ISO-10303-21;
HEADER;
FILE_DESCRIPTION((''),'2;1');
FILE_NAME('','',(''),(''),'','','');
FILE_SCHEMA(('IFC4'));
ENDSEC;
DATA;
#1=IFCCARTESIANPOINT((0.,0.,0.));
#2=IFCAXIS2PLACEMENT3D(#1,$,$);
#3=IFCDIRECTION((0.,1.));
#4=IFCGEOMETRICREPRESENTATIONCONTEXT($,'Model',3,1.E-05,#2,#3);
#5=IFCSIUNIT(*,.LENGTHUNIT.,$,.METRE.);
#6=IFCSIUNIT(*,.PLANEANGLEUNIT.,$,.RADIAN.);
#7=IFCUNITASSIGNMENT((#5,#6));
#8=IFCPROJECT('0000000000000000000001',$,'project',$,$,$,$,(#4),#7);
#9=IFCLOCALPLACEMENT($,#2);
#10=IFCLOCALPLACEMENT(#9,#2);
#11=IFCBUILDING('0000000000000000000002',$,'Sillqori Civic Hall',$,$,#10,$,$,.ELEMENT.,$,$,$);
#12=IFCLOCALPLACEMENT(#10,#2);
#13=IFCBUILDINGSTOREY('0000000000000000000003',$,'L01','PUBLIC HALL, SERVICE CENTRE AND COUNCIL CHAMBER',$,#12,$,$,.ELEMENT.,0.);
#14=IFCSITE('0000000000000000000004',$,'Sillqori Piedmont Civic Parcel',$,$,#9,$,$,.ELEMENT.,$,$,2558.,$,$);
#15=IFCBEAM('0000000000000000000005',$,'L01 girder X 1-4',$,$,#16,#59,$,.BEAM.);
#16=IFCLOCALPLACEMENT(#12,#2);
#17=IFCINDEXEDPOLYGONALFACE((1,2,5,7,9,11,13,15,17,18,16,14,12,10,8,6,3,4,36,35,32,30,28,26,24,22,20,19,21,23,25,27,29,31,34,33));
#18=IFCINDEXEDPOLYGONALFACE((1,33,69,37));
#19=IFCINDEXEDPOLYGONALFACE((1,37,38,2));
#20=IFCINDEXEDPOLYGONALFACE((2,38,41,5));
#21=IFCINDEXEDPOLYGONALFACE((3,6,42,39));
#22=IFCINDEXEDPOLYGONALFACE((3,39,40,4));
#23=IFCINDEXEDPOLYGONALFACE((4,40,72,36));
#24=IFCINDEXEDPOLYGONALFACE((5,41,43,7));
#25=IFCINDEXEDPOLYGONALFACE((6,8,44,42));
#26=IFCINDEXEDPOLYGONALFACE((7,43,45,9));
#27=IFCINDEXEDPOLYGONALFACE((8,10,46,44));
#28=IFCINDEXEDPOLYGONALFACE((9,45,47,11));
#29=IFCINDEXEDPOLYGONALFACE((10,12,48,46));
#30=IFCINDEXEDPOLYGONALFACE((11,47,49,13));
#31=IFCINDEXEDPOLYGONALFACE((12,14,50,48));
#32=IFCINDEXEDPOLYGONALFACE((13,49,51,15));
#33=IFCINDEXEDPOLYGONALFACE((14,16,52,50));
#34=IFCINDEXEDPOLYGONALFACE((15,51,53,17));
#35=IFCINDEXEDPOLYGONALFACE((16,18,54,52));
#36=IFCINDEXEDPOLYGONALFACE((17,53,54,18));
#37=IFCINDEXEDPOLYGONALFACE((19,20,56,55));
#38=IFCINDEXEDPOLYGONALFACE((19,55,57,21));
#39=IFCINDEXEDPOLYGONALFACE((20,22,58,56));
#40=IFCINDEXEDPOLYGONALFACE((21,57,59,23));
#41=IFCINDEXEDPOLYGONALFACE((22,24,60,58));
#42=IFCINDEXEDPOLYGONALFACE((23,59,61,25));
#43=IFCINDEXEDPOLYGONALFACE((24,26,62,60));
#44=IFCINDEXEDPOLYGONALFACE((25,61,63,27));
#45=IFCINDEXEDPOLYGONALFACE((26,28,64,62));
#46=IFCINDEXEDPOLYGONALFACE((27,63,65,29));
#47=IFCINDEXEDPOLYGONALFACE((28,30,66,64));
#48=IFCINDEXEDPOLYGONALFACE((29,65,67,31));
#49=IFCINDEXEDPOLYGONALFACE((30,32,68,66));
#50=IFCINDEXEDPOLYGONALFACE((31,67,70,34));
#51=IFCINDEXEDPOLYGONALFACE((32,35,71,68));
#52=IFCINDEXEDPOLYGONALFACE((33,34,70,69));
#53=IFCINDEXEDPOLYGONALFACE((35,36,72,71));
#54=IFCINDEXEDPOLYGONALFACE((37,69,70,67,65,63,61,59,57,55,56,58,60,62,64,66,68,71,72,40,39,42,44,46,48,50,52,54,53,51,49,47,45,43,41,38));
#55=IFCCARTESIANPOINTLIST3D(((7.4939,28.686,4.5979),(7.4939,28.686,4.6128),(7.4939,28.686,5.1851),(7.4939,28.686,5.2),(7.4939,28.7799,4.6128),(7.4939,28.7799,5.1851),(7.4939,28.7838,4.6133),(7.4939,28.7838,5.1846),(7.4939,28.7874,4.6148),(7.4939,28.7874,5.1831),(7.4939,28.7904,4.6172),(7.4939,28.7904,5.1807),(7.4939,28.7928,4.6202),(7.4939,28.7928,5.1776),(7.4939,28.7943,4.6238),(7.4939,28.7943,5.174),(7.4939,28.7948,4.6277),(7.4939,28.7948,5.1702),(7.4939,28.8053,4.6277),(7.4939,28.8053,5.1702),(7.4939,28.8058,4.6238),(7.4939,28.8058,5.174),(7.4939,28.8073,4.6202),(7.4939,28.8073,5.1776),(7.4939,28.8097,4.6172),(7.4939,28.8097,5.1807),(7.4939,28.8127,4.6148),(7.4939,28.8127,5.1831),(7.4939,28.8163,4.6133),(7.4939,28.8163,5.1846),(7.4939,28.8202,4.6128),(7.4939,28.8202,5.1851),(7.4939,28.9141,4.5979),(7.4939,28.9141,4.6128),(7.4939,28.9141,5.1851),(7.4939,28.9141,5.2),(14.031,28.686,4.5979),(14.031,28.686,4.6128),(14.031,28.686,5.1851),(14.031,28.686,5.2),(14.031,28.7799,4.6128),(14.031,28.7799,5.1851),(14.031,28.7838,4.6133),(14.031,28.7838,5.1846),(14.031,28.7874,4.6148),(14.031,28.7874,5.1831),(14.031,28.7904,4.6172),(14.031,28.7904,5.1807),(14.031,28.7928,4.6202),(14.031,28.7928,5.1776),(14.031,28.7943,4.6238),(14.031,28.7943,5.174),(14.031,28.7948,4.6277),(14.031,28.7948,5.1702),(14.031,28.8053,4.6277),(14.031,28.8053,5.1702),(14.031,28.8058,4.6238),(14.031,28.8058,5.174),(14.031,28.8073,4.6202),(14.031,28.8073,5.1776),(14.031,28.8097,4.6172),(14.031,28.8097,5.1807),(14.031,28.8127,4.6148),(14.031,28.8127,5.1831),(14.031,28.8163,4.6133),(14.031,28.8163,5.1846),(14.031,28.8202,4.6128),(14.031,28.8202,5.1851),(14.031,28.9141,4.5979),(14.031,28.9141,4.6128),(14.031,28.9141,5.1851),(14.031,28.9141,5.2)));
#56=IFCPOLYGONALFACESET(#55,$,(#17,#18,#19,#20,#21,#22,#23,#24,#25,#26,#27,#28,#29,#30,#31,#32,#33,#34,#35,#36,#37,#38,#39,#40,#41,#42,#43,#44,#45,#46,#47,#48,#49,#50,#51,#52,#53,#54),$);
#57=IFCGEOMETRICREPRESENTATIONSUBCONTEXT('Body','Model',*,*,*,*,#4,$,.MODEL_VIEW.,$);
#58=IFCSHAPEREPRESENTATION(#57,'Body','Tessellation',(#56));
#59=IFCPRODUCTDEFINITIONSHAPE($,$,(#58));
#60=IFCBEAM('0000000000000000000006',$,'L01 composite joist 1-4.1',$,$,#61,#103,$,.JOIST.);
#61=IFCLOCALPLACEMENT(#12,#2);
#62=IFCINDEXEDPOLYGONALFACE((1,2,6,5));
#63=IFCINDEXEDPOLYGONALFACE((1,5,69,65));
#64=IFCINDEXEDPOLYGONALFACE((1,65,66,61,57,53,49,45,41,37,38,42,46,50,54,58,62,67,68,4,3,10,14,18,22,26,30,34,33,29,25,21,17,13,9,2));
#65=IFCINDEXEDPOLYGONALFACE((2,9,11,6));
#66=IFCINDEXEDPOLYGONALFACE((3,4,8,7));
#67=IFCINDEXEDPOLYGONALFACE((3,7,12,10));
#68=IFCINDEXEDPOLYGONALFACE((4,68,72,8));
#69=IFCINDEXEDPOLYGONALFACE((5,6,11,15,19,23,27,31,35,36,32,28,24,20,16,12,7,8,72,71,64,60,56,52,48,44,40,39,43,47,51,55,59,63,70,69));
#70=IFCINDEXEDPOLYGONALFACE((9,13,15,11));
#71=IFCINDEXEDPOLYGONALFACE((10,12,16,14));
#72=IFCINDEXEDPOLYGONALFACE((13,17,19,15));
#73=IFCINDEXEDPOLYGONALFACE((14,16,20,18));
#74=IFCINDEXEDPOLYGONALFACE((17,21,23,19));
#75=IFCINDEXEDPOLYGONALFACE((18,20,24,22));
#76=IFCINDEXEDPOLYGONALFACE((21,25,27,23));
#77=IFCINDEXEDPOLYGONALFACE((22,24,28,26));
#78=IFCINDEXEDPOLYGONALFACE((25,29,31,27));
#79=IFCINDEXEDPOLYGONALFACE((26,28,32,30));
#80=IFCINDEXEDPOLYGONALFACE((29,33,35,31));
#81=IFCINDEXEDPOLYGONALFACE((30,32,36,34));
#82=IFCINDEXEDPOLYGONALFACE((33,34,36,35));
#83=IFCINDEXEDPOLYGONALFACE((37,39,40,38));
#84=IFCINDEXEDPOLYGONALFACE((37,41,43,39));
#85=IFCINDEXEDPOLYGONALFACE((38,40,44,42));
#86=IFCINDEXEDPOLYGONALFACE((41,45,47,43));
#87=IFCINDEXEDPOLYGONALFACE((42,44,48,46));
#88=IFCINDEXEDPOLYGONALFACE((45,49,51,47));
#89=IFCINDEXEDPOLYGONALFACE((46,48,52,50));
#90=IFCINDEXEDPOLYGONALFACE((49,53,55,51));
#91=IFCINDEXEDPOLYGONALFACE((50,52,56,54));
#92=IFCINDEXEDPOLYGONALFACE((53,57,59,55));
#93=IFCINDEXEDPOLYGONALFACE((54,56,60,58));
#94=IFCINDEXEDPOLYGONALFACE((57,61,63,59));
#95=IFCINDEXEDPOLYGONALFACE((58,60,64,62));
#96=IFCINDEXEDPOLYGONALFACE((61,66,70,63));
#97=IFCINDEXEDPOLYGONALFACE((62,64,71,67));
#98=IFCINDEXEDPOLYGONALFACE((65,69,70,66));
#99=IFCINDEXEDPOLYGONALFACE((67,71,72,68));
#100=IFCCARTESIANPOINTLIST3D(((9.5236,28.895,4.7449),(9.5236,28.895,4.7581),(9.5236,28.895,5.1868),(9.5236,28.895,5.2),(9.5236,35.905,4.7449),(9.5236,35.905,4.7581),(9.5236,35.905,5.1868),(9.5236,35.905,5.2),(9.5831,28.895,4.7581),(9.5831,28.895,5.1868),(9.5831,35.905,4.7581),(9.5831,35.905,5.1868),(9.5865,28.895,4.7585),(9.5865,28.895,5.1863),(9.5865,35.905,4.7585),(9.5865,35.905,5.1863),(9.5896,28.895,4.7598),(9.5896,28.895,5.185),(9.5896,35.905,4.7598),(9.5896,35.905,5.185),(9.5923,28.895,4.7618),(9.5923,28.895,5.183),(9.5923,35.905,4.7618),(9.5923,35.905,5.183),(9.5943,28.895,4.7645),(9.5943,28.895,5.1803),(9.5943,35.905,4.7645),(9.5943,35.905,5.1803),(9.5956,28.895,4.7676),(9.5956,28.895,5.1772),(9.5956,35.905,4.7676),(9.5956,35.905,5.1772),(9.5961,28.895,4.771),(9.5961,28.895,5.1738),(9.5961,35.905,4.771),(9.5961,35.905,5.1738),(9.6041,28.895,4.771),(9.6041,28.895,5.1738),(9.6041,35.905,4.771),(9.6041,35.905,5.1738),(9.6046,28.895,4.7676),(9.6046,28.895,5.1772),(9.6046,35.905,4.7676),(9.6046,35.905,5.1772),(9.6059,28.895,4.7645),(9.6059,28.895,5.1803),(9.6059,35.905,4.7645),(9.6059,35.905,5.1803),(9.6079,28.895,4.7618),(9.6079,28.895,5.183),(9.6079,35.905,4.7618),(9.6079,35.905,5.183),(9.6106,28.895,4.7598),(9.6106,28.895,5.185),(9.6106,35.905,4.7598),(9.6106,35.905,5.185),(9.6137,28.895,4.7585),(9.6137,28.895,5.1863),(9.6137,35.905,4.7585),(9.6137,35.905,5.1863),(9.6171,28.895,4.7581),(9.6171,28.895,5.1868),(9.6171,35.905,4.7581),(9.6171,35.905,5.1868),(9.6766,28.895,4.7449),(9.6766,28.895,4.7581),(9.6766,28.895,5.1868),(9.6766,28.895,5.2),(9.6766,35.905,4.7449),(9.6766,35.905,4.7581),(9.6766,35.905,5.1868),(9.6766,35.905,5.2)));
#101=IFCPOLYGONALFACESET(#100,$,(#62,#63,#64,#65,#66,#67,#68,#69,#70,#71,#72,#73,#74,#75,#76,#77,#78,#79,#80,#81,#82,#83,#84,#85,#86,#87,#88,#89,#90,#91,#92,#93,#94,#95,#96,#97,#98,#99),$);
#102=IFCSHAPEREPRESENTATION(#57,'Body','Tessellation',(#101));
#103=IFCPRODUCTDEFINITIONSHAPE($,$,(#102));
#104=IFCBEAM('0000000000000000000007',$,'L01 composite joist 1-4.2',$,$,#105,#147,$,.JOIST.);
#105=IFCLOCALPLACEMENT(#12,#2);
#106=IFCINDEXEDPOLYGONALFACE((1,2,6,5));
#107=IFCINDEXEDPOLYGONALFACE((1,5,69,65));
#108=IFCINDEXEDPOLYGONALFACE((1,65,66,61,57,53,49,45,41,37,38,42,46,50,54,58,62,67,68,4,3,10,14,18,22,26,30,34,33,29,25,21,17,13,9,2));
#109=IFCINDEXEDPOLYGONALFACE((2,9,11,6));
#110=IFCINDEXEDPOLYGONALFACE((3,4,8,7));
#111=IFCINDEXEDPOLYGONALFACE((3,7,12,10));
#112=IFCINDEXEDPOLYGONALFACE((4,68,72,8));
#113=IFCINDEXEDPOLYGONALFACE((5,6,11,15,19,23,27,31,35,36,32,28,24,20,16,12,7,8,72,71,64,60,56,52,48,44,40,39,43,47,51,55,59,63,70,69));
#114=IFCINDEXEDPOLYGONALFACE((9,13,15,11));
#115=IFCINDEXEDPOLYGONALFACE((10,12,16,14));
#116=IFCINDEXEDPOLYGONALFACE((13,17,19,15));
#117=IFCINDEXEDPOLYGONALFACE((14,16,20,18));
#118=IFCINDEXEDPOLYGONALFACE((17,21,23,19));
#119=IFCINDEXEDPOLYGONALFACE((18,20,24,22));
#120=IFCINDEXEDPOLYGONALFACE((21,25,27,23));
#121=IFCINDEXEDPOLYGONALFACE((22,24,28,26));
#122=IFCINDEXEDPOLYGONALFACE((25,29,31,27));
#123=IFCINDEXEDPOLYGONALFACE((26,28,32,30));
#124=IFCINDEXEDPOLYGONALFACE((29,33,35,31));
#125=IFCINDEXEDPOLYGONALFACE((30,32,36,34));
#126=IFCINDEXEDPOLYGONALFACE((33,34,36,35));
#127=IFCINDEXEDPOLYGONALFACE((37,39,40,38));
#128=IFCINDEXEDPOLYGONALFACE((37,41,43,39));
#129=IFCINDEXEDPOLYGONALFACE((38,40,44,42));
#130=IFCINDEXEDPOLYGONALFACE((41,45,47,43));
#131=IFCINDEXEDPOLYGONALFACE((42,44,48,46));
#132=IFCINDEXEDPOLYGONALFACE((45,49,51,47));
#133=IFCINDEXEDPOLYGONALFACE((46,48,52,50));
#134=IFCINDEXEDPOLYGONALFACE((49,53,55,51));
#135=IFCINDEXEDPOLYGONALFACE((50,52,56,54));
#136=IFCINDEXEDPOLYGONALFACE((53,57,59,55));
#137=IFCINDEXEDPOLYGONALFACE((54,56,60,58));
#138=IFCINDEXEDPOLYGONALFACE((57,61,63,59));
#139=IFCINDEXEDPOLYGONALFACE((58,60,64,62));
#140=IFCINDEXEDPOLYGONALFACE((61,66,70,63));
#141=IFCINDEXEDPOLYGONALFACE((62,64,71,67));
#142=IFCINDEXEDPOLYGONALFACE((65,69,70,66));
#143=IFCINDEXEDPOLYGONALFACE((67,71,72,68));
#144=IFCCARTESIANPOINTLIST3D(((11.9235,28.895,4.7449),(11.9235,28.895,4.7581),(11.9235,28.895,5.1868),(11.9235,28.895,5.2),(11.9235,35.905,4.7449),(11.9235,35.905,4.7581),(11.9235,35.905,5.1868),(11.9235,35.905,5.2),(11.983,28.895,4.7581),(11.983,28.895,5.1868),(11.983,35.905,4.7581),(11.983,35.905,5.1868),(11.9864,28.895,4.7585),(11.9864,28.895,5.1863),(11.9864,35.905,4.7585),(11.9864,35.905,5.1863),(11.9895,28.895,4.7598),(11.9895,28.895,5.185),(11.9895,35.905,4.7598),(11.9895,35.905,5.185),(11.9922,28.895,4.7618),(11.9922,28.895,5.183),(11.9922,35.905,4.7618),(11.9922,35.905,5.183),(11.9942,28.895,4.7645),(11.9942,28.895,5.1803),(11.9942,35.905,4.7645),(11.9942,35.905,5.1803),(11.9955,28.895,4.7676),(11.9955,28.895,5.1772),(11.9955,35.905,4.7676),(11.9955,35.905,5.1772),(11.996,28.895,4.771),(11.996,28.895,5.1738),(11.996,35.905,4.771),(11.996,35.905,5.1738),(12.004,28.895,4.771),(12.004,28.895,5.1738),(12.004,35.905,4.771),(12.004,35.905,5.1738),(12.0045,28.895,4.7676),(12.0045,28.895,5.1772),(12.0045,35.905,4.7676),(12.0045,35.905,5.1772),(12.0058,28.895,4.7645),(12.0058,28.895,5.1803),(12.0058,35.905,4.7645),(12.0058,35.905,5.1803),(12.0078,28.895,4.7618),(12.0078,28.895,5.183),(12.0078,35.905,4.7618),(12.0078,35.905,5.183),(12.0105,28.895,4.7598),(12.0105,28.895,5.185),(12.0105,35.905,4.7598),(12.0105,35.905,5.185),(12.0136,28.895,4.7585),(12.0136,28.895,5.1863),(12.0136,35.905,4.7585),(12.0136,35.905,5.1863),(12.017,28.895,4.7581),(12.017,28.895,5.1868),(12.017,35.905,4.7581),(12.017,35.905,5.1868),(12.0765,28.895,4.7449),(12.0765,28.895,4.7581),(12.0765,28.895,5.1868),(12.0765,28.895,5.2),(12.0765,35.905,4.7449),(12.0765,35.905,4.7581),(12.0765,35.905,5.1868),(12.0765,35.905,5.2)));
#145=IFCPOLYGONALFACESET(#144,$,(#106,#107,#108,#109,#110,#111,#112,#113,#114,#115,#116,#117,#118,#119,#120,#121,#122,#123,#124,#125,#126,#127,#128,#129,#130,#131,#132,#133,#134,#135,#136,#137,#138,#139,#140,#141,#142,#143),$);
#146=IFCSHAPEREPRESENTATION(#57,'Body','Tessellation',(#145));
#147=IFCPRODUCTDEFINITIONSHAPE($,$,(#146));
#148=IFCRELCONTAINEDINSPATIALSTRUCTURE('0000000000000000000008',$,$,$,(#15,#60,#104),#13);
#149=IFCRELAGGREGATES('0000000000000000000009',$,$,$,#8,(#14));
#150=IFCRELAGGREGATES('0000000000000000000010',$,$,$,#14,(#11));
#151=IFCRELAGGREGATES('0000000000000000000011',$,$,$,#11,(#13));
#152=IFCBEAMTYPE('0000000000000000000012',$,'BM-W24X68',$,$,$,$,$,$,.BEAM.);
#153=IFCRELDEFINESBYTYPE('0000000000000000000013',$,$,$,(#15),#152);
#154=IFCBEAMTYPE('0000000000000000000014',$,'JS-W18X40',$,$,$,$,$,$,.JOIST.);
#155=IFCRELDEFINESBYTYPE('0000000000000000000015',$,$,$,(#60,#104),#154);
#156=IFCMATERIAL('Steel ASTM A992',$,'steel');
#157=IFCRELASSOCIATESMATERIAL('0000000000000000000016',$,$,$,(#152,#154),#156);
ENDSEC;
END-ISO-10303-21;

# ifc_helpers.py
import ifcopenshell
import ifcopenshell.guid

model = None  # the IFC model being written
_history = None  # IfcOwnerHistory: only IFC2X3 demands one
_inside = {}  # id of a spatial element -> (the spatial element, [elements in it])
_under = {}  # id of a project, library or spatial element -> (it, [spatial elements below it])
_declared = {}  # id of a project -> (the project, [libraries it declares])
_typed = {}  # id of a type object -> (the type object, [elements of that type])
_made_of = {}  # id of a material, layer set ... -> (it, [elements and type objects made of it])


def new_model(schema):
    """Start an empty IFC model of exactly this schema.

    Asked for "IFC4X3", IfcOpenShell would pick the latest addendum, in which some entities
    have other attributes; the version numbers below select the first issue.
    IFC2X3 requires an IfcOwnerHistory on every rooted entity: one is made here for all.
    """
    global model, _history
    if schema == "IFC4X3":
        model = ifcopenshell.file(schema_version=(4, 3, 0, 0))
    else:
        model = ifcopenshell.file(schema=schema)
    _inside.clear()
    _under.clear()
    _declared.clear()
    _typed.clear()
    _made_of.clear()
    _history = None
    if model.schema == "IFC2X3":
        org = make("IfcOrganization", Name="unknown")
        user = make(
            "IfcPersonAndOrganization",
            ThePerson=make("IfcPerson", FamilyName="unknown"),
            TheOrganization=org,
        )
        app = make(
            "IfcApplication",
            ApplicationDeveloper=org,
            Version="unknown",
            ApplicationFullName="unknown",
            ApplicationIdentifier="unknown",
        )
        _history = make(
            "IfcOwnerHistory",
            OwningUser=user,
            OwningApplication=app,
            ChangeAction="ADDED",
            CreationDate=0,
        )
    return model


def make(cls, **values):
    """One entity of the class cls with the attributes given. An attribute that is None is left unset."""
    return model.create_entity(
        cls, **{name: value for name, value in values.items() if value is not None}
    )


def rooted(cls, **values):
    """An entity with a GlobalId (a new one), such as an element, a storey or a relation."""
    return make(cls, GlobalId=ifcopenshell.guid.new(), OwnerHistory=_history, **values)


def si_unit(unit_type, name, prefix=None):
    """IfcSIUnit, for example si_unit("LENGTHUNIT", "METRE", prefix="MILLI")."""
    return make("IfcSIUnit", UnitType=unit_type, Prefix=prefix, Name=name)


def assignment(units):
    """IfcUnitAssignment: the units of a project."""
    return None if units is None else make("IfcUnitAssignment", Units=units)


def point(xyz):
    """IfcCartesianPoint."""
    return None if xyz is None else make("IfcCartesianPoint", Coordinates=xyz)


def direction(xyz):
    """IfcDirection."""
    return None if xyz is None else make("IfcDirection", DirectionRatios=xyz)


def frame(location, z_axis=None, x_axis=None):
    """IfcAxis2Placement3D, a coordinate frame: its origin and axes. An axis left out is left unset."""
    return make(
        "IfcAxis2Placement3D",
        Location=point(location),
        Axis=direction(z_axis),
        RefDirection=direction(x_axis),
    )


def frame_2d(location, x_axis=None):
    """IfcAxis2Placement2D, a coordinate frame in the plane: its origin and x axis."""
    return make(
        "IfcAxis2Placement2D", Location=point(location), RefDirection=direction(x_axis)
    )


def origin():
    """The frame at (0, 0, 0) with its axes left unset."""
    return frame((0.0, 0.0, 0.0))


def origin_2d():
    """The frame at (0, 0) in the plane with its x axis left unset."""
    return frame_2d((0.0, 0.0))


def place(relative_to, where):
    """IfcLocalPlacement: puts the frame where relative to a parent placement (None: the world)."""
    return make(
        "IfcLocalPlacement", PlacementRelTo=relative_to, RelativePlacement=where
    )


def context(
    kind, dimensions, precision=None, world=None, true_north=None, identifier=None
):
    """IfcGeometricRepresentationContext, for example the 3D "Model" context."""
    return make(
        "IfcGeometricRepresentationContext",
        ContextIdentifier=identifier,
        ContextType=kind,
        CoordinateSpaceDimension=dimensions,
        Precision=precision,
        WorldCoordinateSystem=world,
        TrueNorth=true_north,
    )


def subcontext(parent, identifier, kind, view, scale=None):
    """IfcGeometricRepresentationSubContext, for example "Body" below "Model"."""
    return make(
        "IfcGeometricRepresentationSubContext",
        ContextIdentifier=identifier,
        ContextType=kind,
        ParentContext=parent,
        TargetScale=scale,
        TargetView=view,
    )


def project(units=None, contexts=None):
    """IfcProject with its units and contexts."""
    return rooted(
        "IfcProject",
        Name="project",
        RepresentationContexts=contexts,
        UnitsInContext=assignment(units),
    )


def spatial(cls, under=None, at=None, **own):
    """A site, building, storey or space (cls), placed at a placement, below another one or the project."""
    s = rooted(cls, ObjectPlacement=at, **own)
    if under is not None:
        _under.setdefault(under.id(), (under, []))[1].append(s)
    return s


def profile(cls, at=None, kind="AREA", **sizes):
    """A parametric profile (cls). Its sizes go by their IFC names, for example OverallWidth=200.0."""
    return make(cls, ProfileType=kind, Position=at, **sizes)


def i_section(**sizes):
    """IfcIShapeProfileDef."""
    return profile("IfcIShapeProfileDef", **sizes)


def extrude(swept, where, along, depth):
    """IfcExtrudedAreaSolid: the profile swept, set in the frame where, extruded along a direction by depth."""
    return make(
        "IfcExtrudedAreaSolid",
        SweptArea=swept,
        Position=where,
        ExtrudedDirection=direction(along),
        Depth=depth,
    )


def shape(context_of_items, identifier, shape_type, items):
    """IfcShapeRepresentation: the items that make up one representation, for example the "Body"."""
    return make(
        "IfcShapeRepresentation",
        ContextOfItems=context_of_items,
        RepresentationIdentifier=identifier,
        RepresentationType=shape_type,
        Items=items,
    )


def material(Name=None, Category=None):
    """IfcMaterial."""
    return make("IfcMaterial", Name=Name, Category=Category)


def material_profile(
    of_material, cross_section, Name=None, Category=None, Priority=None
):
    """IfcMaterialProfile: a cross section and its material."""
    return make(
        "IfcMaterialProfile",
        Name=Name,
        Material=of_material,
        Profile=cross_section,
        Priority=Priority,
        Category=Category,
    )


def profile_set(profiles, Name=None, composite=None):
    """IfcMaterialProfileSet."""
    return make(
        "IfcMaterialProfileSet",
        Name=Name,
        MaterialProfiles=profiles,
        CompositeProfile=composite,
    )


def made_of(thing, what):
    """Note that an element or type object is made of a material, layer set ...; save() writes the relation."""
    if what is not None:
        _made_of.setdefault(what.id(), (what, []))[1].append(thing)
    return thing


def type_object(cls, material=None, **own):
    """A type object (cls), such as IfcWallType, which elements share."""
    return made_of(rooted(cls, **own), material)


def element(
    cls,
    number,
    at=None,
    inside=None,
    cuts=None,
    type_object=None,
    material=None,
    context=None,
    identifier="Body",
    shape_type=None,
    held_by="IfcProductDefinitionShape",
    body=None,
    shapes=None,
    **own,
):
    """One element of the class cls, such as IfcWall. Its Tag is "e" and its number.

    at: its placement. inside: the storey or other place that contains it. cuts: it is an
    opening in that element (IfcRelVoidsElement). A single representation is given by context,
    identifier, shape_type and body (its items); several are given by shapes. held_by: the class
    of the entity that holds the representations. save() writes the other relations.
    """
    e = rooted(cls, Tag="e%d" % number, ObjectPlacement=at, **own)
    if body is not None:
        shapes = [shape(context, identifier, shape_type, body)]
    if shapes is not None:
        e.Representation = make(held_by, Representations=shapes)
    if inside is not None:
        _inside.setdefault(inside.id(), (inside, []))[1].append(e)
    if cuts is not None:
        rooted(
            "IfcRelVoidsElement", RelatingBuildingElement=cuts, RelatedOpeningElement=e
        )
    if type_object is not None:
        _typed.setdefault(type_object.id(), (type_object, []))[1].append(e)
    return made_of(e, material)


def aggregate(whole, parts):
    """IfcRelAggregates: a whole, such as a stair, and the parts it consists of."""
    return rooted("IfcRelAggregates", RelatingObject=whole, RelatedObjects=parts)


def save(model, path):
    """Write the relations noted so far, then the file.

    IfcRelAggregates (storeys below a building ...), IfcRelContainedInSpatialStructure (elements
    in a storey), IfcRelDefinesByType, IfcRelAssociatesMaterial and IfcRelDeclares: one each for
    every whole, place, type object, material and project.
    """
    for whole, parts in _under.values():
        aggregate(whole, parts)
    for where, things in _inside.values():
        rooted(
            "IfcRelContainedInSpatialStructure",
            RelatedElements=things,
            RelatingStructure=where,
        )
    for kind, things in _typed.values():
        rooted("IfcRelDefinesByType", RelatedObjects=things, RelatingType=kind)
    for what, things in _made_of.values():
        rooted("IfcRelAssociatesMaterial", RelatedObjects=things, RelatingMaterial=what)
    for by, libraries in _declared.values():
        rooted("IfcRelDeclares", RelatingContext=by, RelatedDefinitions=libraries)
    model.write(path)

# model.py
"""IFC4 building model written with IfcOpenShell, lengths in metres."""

from ifc_helpers import new_model, si_unit, direction, frame, origin, origin_2d, place, context, subcontext, project, spatial, i_section, extrude, material, material_profile, profile_set, type_object, element, save


model = new_model("IFC4")

# Units and contexts
model_context = context("Model", 3, precision=1e-05, world=origin(), true_north=direction((0.0, 1.0)))
body_context = subcontext(model_context, "Body", "Model", "MODEL_VIEW")
ifc_project = project(units=[si_unit("LENGTHUNIT", "METRE"), si_unit("PLANEANGLEUNIT", "RADIAN")], contexts=[model_context])

# Site, building, storey
site_placement = place(None, origin())
site = spatial("IfcSite", under=ifc_project, at=site_placement, Name="Sillqori Piedmont Civic Parcel", CompositionType="ELEMENT", RefElevation=2558.0)
building_placement = place(site_placement, origin())
building = spatial("IfcBuilding", under=site, at=building_placement, Name="Sillqori Civic Hall", CompositionType="ELEMENT")
storey_placement = place(building_placement, origin())
storey = spatial("IfcBuildingStorey", under=building, at=storey_placement, Name="L01", Description="PUBLIC HALL, SERVICE CENTRE AND COUNCIL CHAMBER", CompositionType="ELEMENT", Elevation=0.0)

# Beams
ifc_material_1 = material(Name="Steel ASTM A992", Category="steel")
ifc_material_profile_1 = material_profile(ifc_material_1, i_section(OverallWidth=0.228, OverallDepth=0.6021, WebThickness=0.0105, FlangeThickness=0.0149, FilletRadius=0.0149, at=origin_2d()), Name="W24X68")
ifc_profile_set_1 = profile_set([ifc_material_profile_1], Name="Steel ASTM A992")
beam_type_1 = type_object("IfcBeamType", Name="BM-W24X68", PredefinedType="BEAM", material=ifc_profile_set_1)
beam_1_placement = place(storey_placement, frame((7.4939, 28.8, 4.8989), z_axis=(1.0, 0.0, 0.0), x_axis=(0.0, 1.0, 0.0)))
element("IfcBeam", 1, at=beam_1_placement, inside=storey, type_object=beam_type_1, Name="L01 girder X 1-4", PredefinedType="BEAM", context=body_context, shape_type="SweptSolid", body=[
    extrude(i_section(OverallWidth=0.228, OverallDepth=0.6021, WebThickness=0.0105, FlangeThickness=0.0149, FilletRadius=0.0149, at=origin_2d()), origin(), (0.0, 0.0, 1.0), 6.5371),
])
ifc_material_profile_2 = material_profile(ifc_material_1, i_section(OverallWidth=0.1531, OverallDepth=0.4551, WebThickness=0.0081, FlangeThickness=0.0132, FilletRadius=0.0129, at=origin_2d()), Name="W18X40")
ifc_profile_set_2 = profile_set([ifc_material_profile_2], Name="Steel ASTM A992")
beam_type_2 = type_object("IfcBeamType", Name="JS-W18X40", PredefinedType="JOIST", material=ifc_profile_set_2)
for number, where, z_axis, x_axis, name in (
    (2, (9.6001, 28.895, 4.9724), (0.0, 1.0, 0.0), (-1.0, 0.0, 0.0), "L01 composite joist 1-4.1"),
    (3, (12.0, 28.895, 4.9724), (0.0, 1.0, 0.0), (-1.0, 0.0, 0.0), "L01 composite joist 1-4.2"),
):
    element("IfcBeam", number, at=place(storey_placement, frame(where, z_axis=z_axis, x_axis=x_axis)), inside=storey, type_object=beam_type_2, Name=name, PredefinedType="JOIST", context=body_context, shape_type="SweptSolid", body=[
        extrude(i_section(OverallWidth=0.1531, OverallDepth=0.4551, WebThickness=0.0081, FlangeThickness=0.0132, FilletRadius=0.0129, at=origin_2d()), origin(), (0.0, 0.0, 1.0), 7.01),
    ])

save(model, "model.ifc")
